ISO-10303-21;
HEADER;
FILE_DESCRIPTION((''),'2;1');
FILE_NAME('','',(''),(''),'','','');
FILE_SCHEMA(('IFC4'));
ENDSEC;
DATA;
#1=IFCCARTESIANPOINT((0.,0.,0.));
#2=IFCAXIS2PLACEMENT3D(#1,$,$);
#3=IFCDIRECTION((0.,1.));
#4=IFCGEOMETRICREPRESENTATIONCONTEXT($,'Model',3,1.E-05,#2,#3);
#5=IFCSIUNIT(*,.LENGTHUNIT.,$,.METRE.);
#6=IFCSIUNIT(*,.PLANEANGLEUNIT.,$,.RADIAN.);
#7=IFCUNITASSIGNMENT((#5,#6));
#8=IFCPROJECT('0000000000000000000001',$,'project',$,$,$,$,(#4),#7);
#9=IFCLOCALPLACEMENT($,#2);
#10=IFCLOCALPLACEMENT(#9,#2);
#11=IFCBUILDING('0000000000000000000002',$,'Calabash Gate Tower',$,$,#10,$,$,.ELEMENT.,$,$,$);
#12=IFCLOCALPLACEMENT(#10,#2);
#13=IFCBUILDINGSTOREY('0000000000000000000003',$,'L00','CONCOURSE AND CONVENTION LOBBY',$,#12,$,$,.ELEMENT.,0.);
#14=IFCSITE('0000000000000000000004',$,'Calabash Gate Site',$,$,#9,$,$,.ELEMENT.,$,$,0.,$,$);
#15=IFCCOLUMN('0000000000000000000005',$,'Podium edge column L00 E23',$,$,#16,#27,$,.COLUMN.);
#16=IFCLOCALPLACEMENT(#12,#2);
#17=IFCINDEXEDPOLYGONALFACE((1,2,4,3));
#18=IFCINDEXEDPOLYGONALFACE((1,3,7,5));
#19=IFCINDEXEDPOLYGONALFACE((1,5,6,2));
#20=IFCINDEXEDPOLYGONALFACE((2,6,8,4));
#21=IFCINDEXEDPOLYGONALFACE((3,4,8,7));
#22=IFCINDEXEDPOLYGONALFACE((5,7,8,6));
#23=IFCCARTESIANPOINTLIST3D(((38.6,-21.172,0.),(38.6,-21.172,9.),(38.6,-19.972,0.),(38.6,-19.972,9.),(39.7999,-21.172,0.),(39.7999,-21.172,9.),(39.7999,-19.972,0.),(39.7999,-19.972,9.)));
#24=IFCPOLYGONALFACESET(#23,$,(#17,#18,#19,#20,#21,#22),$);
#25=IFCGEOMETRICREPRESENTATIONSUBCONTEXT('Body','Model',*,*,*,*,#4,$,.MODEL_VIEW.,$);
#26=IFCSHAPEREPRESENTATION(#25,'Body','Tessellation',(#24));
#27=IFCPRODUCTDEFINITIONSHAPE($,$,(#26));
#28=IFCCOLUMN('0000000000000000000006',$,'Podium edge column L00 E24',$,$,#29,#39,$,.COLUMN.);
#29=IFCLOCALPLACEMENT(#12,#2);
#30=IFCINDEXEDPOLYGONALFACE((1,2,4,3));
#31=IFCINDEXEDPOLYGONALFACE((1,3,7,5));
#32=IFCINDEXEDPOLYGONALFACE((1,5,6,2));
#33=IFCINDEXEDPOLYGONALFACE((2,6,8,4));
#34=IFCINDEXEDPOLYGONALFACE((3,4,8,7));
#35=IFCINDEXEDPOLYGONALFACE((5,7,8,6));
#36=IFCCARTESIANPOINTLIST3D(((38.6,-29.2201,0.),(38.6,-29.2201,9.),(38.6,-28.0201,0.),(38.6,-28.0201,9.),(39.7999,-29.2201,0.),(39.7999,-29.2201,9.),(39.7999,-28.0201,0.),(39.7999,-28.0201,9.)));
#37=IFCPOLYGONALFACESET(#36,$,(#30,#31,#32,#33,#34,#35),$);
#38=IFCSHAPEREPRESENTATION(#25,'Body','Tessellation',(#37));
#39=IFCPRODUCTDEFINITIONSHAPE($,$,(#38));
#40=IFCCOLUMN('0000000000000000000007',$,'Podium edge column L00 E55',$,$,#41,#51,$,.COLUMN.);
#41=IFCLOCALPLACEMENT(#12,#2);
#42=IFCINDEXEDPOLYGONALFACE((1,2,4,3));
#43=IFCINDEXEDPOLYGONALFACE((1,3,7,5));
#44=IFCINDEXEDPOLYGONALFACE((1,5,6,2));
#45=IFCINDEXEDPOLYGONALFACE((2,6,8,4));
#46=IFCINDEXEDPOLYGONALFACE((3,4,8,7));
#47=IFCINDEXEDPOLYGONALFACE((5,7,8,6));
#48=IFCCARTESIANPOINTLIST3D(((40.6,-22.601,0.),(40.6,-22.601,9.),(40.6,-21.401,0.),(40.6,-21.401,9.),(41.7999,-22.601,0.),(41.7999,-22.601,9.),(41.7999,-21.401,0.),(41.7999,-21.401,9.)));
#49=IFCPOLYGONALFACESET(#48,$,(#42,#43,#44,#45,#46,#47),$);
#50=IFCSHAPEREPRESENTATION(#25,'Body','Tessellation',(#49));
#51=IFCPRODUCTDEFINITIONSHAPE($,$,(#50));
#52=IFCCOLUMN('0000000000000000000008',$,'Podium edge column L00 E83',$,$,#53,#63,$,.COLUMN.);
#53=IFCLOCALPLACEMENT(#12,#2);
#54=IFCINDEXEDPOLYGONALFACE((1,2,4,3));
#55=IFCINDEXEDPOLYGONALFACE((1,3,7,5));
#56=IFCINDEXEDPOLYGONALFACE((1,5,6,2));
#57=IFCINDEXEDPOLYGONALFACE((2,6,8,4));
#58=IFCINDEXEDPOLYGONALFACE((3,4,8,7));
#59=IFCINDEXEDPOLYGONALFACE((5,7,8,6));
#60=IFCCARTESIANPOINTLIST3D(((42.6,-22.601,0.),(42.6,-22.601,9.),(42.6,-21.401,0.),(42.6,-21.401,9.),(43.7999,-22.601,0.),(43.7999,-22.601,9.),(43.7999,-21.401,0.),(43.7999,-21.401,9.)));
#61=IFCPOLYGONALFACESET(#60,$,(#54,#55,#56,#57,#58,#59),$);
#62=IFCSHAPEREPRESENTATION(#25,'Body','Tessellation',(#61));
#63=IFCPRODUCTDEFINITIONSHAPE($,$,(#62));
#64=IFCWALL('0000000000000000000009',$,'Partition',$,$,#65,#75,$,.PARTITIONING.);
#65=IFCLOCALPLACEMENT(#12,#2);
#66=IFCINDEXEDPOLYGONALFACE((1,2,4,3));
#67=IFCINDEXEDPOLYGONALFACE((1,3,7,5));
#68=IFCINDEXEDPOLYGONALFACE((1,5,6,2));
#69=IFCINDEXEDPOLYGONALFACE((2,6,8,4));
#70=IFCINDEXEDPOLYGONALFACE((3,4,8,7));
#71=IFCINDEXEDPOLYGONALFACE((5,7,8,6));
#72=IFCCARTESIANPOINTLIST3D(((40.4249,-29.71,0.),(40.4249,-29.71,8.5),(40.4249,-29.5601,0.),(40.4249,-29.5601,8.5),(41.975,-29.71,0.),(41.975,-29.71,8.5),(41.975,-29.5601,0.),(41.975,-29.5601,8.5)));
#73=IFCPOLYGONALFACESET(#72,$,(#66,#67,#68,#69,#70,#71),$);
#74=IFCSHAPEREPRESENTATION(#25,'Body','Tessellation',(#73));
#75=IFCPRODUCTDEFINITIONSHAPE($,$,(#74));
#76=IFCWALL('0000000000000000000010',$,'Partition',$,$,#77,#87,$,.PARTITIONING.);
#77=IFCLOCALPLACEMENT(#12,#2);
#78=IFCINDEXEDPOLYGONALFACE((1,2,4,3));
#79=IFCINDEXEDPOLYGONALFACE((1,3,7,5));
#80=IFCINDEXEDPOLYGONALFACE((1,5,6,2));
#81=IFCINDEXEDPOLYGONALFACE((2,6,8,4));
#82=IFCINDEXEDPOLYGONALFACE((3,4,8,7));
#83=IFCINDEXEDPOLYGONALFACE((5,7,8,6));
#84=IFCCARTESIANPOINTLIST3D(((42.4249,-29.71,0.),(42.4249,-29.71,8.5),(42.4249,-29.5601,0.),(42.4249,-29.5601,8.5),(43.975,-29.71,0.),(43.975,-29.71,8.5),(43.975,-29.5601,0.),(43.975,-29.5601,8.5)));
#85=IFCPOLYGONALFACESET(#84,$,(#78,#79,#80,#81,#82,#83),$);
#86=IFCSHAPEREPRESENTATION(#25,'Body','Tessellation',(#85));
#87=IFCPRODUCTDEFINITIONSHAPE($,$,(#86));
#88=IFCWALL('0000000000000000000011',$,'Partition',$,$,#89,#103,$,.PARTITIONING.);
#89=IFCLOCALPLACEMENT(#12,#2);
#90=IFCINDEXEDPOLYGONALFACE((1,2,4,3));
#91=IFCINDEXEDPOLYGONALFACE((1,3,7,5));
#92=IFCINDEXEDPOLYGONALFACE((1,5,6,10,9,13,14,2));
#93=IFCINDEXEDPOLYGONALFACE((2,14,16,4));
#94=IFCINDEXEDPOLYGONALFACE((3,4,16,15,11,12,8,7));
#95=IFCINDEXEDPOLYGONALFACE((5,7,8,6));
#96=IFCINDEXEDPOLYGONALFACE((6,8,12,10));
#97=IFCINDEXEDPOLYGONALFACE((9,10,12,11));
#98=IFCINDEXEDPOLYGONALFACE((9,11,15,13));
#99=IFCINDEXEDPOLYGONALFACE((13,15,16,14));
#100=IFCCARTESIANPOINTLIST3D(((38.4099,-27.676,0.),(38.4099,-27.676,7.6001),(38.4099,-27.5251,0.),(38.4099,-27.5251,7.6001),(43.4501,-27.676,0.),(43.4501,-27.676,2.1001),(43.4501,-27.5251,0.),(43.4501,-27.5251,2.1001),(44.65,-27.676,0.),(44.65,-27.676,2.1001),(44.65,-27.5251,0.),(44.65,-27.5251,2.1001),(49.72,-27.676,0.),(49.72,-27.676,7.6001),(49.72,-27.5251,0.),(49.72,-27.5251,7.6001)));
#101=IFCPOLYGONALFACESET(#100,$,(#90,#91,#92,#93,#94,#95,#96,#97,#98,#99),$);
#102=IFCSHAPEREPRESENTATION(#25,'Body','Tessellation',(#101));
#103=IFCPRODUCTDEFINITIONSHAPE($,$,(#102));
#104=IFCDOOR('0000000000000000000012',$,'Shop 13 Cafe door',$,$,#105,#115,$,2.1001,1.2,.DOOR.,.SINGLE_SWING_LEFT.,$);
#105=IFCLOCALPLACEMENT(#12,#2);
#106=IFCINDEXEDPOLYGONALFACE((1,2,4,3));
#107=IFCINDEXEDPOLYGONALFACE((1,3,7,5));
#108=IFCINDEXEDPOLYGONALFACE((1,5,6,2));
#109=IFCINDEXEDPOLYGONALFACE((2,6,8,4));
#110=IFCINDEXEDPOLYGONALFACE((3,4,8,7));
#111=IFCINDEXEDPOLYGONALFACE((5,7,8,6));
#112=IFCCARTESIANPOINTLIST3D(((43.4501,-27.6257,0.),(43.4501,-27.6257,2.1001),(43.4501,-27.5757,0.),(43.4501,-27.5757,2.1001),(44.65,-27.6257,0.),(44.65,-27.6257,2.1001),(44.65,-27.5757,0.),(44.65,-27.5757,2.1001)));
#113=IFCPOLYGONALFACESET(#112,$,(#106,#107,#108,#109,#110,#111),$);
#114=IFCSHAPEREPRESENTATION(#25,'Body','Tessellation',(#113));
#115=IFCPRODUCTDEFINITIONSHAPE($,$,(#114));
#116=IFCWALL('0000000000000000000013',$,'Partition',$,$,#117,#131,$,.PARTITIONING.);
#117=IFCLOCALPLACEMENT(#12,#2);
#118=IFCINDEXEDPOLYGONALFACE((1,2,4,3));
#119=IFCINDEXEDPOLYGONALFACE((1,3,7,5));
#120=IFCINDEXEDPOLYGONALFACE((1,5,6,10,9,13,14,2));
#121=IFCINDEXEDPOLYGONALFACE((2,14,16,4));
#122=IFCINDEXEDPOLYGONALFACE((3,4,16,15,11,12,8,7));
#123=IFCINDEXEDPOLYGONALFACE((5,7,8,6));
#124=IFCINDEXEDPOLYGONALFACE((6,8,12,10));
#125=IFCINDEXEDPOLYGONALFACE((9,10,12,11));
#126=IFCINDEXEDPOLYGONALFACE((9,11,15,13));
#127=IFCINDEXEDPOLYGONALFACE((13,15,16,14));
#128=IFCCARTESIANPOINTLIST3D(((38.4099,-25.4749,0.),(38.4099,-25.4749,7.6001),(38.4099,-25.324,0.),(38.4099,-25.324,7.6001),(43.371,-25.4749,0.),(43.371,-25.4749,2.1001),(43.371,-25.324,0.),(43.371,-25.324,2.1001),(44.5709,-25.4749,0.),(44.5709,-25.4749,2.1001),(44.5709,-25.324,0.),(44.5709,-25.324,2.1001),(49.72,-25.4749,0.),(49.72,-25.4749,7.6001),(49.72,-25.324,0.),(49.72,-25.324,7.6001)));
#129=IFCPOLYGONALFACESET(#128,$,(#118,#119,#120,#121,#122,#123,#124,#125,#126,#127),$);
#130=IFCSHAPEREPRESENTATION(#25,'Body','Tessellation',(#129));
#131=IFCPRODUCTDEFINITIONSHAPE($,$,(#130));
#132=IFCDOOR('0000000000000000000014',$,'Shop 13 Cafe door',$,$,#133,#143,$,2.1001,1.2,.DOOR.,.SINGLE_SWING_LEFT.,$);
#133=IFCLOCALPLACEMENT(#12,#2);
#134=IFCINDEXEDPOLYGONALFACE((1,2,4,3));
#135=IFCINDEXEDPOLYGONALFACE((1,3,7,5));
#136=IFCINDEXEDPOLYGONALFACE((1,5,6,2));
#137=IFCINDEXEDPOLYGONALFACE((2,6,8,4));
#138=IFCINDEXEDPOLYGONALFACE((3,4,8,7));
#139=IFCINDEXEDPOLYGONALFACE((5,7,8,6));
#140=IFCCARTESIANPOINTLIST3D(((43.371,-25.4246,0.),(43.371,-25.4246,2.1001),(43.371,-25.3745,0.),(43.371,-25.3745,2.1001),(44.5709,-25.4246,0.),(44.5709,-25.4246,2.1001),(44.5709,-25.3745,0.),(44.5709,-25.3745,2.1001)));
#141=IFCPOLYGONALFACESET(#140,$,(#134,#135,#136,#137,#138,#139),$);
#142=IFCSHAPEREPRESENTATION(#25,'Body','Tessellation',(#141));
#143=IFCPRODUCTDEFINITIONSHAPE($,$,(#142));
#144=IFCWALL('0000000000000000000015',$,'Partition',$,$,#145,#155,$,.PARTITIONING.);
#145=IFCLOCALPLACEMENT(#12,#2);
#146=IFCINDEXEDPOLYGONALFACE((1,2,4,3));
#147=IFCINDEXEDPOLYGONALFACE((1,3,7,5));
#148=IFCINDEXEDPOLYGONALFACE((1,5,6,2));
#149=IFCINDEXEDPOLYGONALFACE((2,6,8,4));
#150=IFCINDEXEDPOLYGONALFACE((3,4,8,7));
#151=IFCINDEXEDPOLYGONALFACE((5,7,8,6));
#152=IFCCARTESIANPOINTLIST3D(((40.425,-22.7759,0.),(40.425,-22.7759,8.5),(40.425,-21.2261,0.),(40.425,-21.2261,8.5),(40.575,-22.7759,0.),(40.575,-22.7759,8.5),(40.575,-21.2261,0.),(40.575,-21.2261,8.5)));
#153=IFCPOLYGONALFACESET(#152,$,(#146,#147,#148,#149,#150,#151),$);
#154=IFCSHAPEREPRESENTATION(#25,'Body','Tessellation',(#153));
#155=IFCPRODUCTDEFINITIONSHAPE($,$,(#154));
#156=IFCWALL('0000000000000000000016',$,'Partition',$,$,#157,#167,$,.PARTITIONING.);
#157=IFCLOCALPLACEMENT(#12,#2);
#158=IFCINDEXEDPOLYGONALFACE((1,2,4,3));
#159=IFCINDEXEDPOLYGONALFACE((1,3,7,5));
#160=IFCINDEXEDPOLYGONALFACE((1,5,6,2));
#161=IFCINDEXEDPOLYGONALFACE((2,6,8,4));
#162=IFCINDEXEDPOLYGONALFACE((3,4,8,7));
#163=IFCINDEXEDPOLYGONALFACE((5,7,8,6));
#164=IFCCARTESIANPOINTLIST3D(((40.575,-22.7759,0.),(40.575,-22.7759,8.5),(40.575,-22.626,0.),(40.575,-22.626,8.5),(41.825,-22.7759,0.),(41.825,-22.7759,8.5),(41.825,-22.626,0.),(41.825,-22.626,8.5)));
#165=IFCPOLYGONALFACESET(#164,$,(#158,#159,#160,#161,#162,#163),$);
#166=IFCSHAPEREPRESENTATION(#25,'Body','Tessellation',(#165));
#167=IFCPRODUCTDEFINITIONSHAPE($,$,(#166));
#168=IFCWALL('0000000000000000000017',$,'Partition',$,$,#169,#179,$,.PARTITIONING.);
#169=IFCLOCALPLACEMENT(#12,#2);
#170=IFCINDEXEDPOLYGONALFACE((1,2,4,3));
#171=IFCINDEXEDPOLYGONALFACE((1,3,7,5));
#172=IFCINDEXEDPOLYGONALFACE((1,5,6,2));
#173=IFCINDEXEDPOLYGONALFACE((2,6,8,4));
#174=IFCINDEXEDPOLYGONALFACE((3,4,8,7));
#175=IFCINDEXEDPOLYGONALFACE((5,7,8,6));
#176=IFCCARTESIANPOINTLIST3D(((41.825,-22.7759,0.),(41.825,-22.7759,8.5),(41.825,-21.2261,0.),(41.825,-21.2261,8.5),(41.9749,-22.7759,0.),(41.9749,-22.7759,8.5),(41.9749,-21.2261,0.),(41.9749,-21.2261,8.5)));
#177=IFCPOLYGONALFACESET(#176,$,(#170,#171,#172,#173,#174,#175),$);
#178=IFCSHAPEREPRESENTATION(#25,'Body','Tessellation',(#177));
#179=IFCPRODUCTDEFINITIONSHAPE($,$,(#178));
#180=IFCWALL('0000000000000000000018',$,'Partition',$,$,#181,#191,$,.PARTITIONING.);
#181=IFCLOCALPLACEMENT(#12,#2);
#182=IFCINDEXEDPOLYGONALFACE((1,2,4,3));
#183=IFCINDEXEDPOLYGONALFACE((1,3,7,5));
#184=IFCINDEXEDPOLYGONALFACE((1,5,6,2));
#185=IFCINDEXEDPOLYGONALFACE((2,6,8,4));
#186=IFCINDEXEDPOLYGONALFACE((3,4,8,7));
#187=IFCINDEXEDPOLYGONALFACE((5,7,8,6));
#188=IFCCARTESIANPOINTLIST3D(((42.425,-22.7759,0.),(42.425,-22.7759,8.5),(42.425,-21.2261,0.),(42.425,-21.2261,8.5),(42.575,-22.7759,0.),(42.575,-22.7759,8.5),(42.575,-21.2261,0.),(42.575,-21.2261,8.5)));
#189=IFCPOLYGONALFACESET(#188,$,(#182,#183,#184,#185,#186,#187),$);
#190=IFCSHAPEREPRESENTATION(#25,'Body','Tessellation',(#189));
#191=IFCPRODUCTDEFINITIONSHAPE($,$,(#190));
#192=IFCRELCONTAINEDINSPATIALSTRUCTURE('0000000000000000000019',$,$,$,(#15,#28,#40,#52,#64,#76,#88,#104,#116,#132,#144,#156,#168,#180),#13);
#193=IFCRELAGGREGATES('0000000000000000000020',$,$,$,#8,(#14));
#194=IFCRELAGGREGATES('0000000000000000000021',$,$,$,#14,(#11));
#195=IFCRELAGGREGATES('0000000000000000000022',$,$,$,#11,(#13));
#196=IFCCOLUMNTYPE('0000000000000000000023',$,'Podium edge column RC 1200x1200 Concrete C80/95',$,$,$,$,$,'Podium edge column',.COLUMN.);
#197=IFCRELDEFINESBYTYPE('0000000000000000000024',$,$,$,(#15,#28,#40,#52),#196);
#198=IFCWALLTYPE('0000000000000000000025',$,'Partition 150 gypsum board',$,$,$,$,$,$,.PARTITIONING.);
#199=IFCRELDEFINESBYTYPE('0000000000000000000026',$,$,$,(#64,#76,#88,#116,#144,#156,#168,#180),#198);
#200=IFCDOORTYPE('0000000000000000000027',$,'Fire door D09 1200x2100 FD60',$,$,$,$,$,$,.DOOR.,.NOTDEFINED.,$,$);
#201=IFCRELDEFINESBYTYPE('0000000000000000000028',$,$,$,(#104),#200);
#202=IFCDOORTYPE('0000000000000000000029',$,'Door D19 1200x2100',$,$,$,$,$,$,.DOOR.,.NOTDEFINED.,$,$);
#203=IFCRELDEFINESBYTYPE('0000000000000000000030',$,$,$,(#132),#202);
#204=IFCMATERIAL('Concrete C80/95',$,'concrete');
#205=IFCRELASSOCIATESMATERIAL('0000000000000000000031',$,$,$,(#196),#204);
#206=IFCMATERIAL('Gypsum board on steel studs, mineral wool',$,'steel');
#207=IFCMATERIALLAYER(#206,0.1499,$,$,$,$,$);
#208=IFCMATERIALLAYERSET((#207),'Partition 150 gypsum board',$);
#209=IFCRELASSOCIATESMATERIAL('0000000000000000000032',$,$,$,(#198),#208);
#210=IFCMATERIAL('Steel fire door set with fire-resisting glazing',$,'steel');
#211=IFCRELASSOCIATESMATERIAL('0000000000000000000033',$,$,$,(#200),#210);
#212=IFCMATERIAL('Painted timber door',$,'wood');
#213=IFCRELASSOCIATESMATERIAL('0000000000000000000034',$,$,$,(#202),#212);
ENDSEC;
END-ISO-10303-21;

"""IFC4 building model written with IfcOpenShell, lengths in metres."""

from ifc_helpers import new_model, si_unit, direction, frame, frame_2d, origin, origin_2d, place, context, subcontext, project, spatial, rectangle, extrude, material, layer, layer_set, material_profile, profile_set, type_object, element, fill, save


model = new_model("IFC4")

# Units and contexts
model_context = context("Model", 3, precision=1e-05, world=origin(), true_north=direction((0.0, 1.0)))
body_context = subcontext(model_context, "Body", "Model", "MODEL_VIEW")
ifc_project = project(units=[si_unit("LENGTHUNIT", "METRE"), si_unit("PLANEANGLEUNIT", "RADIAN")], contexts=[model_context])

# Site, building, storey
site_placement = place(None, origin())
site = spatial("IfcSite", under=ifc_project, at=site_placement, Name="Calabash Gate Site", CompositionType="ELEMENT", RefElevation=0.0)
building_placement = place(site_placement, origin())
building = spatial("IfcBuilding", under=site, at=building_placement, Name="Calabash Gate Tower", CompositionType="ELEMENT")
storey_placement = place(building_placement, origin())
storey = spatial("IfcBuildingStorey", under=building, at=storey_placement, Name="L00", Description="CONCOURSE AND CONVENTION LOBBY", CompositionType="ELEMENT", Elevation=0.0)

# Columns
ifc_material_1 = material(Name="Concrete C80/95", Category="concrete")
ifc_material_profile = material_profile(ifc_material_1, rectangle(XDim=1.2, YDim=1.2, at=origin_2d()))
ifc_profile_set = profile_set([ifc_material_profile], Name="Concrete C80/95")
column_type = type_object("IfcColumnType", Name="Podium edge column RC 1200x1200 Concrete C80/95", ElementType="Podium edge column", PredefinedType="COLUMN", material=ifc_profile_set)
for number, where, z_axis, x_axis, name in (
    (1, (39.2, -20.572, 0.0), (0.0, 0.0, 1.0), (1.0, 0.0, 0.0), "Podium edge column L00 E23"),
    (2, (39.2, -28.6201, 0.0), (0.0, 0.0, 1.0), (1.0, 0.0, 0.0), "Podium edge column L00 E24"),
    (3, (41.2, -22.001, 0.0), (0.0, 0.0, 1.0), (1.0, 0.0, 0.0), "Podium edge column L00 E55"),
    (4, (43.2, -22.001, 0.0), (0.0, 0.0, 1.0), (1.0, 0.0, 0.0), "Podium edge column L00 E83"),
):
    element("IfcColumn", number, at=place(storey_placement, frame(where, z_axis=z_axis, x_axis=x_axis)), inside=storey, type_object=column_type, Name=name, PredefinedType="COLUMN", context=body_context, shape_type="SweptSolid", body=[
        extrude(rectangle(XDim=1.2, YDim=1.2, at=origin_2d()), origin(), (0.0, 0.0, 1.0), 9.0),
    ])

# Walls
ifc_material_2 = material(Name="Gypsum board on steel studs, mineral wool", Category="steel")
ifc_layer_1 = layer(ifc_material_2, 0.1499)
ifc_layer_set_1 = layer_set([ifc_layer_1], Name="Partition 150 gypsum board")
wall_type_1 = type_object("IfcWallType", Name="Partition 150 gypsum board", PredefinedType="PARTITIONING", material=ifc_layer_set_1)
for number, where, z_axis, x_axis, name in (
    (5, (40.425, -29.635, 0.0), (0.0, 0.0, 1.0), (1.0, 0.0, 0.0), "Partition"),
    (6, (42.425, -29.635, 0.0), (0.0, 0.0, 1.0), (1.0, 0.0, 0.0), "Partition"),
):
    element("IfcWall", number, at=place(storey_placement, frame(where, z_axis=z_axis, x_axis=x_axis)), inside=storey, type_object=wall_type_1, Name=name, PredefinedType="PARTITIONING", context=body_context, shape_type="SweptSolid", body=[
        extrude(rectangle(XDim=1.55, YDim=0.1499, at=frame_2d((0.7749, 0.0))), origin(), (0.0, 0.0, 1.0), 8.5),
    ])

# Walls, openings, doors
wall_1_placement = place(storey_placement, frame((38.4099, -27.6006, 0.0), z_axis=(0.0, 0.0, 1.0), x_axis=(1.0, 0.0, 0.0)))
wall_1 = element("IfcWall", 7, at=wall_1_placement, inside=storey, type_object=wall_type_1, Name="Partition", PredefinedType="PARTITIONING", context=body_context, shape_type="SweptSolid", body=[
    extrude(rectangle(XDim=11.3101, YDim=0.1509, at=frame_2d((5.655, 0.0))), origin(), (0.0, 0.0, 1.0), 7.6001),
])
opening_1_placement = place(wall_1_placement, frame((5.04, 0.0, 0.0)))
opening_1 = element("IfcOpeningElement", 8, at=opening_1_placement, cuts=wall_1, PredefinedType="OPENING", context=body_context, shape_type="SweptSolid", body=[
    extrude(rectangle(XDim=1.2, YDim=2.1001, at=frame_2d((0.6001, 1.05))), frame((0.0, 0.0854, 0.0), z_axis=(0.0, -1.0, 0.0), x_axis=(1.0, 0.0, 0.0)), (0.0, 0.0, 1.0), 0.1709),
])
ifc_material_3 = material(Name="Steel fire door set with fire-resisting glazing", Category="steel")
door_type_1 = type_object("IfcDoorType", Name="Fire door D09 1200x2100 FD60", OperationType="NOTDEFINED", PredefinedType="DOOR", material=ifc_material_3)
door_1_placement = place(opening_1_placement, origin())
door_1 = element("IfcDoor", 9, at=door_1_placement, inside=storey, type_object=door_type_1, Name="Shop 13 Cafe door", OperationType="SINGLE_SWING_LEFT", OverallHeight=2.1001, OverallWidth=1.2, PredefinedType="DOOR", context=body_context, shape_type="SweptSolid", body=[
    extrude(rectangle(XDim=1.2, YDim=2.1001, at=frame_2d((0.6001, 1.05))), frame((0.0, 0.0249, 0.0), z_axis=(0.0, -1.0, 0.0), x_axis=(1.0, 0.0, 0.0)), (0.0, 0.0, 1.0), 0.05),
])
fill(opening_1, door_1)
wall_2_placement = place(storey_placement, frame((38.4099, -25.3994, 0.0), z_axis=(0.0, 0.0, 1.0), x_axis=(1.0, 0.0, 0.0)))
wall_2 = element("IfcWall", 10, at=wall_2_placement, inside=storey, type_object=wall_type_1, Name="Partition", PredefinedType="PARTITIONING", context=body_context, shape_type="SweptSolid", body=[
    extrude(rectangle(XDim=11.3101, YDim=0.1509, at=frame_2d((5.655, 0.0))), origin(), (0.0, 0.0, 1.0), 7.6001),
])
opening_2_placement = place(wall_2_placement, frame((4.9609, 0.0, 0.0)))
opening_2 = element("IfcOpeningElement", 11, at=opening_2_placement, cuts=wall_2, PredefinedType="OPENING", context=body_context, shape_type="SweptSolid", body=[
    extrude(rectangle(XDim=1.2, YDim=2.1001, at=frame_2d((0.6001, 1.05))), frame((0.0, 0.0854, 0.0), z_axis=(0.0, -1.0, 0.0), x_axis=(1.0, 0.0, 0.0)), (0.0, 0.0, 1.0), 0.1709),
])
ifc_material_4 = material(Name="Painted timber door", Category="wood")
door_type_2 = type_object("IfcDoorType", Name="Door D19 1200x2100", OperationType="NOTDEFINED", PredefinedType="DOOR", material=ifc_material_4)
door_2_placement = place(opening_2_placement, origin())
door_2 = element("IfcDoor", 12, at=door_2_placement, inside=storey, type_object=door_type_2, Name="Shop 13 Cafe door", OperationType="SINGLE_SWING_LEFT", OverallHeight=2.1001, OverallWidth=1.2, PredefinedType="DOOR", context=body_context, shape_type="SweptSolid", body=[
    extrude(rectangle(XDim=1.2, YDim=2.1001, at=frame_2d((0.6001, 1.05))), frame((0.0, 0.0249, 0.0), z_axis=(0.0, -1.0, 0.0), x_axis=(1.0, 0.0, 0.0)), (0.0, 0.0, 1.0), 0.05),
])
fill(opening_2, door_2)

# Walls
wall_3_placement = place(storey_placement, frame((40.5, -22.7759, 0.0), z_axis=(0.0, 0.0, 1.0), x_axis=(0.0, 1.0, 0.0)))
element("IfcWall", 13, at=wall_3_placement, inside=storey, type_object=wall_type_1, Name="Partition", PredefinedType="PARTITIONING", context=body_context, shape_type="SweptSolid", body=[
    extrude(rectangle(XDim=1.5498, YDim=0.1499, at=frame_2d((0.7749, 0.0))), origin(), (0.0, 0.0, 1.0), 8.5),
])
wall_4_placement = place(storey_placement, frame((40.575, -22.7009, 0.0), z_axis=(0.0, 0.0, 1.0), x_axis=(1.0, 0.0, 0.0)))
element("IfcWall", 14, at=wall_4_placement, inside=storey, type_object=wall_type_1, Name="Partition", PredefinedType="PARTITIONING", context=body_context, shape_type="SweptSolid", body=[
    extrude(rectangle(XDim=1.25, YDim=0.1499, at=frame_2d((0.625, 0.0))), origin(), (0.0, 0.0, 1.0), 8.5),
])
for number, where, z_axis, x_axis, name in (
    (15, (41.8999, -22.7759, 0.0), (0.0, 0.0, 1.0), (0.0, 1.0, 0.0), "Partition"),
    (16, (42.5, -22.7759, 0.0), (0.0, 0.0, 1.0), (0.0, 1.0, 0.0), "Partition"),
):
    element("IfcWall", number, at=place(storey_placement, frame(where, z_axis=z_axis, x_axis=x_axis)), inside=storey, type_object=wall_type_1, Name=name, PredefinedType="PARTITIONING", context=body_context, shape_type="SweptSolid", body=[
        extrude(rectangle(XDim=1.5498, YDim=0.1499, at=frame_2d((0.7749, 0.0))), origin(), (0.0, 0.0, 1.0), 8.5),
    ])

save(model, "model.ifc")
